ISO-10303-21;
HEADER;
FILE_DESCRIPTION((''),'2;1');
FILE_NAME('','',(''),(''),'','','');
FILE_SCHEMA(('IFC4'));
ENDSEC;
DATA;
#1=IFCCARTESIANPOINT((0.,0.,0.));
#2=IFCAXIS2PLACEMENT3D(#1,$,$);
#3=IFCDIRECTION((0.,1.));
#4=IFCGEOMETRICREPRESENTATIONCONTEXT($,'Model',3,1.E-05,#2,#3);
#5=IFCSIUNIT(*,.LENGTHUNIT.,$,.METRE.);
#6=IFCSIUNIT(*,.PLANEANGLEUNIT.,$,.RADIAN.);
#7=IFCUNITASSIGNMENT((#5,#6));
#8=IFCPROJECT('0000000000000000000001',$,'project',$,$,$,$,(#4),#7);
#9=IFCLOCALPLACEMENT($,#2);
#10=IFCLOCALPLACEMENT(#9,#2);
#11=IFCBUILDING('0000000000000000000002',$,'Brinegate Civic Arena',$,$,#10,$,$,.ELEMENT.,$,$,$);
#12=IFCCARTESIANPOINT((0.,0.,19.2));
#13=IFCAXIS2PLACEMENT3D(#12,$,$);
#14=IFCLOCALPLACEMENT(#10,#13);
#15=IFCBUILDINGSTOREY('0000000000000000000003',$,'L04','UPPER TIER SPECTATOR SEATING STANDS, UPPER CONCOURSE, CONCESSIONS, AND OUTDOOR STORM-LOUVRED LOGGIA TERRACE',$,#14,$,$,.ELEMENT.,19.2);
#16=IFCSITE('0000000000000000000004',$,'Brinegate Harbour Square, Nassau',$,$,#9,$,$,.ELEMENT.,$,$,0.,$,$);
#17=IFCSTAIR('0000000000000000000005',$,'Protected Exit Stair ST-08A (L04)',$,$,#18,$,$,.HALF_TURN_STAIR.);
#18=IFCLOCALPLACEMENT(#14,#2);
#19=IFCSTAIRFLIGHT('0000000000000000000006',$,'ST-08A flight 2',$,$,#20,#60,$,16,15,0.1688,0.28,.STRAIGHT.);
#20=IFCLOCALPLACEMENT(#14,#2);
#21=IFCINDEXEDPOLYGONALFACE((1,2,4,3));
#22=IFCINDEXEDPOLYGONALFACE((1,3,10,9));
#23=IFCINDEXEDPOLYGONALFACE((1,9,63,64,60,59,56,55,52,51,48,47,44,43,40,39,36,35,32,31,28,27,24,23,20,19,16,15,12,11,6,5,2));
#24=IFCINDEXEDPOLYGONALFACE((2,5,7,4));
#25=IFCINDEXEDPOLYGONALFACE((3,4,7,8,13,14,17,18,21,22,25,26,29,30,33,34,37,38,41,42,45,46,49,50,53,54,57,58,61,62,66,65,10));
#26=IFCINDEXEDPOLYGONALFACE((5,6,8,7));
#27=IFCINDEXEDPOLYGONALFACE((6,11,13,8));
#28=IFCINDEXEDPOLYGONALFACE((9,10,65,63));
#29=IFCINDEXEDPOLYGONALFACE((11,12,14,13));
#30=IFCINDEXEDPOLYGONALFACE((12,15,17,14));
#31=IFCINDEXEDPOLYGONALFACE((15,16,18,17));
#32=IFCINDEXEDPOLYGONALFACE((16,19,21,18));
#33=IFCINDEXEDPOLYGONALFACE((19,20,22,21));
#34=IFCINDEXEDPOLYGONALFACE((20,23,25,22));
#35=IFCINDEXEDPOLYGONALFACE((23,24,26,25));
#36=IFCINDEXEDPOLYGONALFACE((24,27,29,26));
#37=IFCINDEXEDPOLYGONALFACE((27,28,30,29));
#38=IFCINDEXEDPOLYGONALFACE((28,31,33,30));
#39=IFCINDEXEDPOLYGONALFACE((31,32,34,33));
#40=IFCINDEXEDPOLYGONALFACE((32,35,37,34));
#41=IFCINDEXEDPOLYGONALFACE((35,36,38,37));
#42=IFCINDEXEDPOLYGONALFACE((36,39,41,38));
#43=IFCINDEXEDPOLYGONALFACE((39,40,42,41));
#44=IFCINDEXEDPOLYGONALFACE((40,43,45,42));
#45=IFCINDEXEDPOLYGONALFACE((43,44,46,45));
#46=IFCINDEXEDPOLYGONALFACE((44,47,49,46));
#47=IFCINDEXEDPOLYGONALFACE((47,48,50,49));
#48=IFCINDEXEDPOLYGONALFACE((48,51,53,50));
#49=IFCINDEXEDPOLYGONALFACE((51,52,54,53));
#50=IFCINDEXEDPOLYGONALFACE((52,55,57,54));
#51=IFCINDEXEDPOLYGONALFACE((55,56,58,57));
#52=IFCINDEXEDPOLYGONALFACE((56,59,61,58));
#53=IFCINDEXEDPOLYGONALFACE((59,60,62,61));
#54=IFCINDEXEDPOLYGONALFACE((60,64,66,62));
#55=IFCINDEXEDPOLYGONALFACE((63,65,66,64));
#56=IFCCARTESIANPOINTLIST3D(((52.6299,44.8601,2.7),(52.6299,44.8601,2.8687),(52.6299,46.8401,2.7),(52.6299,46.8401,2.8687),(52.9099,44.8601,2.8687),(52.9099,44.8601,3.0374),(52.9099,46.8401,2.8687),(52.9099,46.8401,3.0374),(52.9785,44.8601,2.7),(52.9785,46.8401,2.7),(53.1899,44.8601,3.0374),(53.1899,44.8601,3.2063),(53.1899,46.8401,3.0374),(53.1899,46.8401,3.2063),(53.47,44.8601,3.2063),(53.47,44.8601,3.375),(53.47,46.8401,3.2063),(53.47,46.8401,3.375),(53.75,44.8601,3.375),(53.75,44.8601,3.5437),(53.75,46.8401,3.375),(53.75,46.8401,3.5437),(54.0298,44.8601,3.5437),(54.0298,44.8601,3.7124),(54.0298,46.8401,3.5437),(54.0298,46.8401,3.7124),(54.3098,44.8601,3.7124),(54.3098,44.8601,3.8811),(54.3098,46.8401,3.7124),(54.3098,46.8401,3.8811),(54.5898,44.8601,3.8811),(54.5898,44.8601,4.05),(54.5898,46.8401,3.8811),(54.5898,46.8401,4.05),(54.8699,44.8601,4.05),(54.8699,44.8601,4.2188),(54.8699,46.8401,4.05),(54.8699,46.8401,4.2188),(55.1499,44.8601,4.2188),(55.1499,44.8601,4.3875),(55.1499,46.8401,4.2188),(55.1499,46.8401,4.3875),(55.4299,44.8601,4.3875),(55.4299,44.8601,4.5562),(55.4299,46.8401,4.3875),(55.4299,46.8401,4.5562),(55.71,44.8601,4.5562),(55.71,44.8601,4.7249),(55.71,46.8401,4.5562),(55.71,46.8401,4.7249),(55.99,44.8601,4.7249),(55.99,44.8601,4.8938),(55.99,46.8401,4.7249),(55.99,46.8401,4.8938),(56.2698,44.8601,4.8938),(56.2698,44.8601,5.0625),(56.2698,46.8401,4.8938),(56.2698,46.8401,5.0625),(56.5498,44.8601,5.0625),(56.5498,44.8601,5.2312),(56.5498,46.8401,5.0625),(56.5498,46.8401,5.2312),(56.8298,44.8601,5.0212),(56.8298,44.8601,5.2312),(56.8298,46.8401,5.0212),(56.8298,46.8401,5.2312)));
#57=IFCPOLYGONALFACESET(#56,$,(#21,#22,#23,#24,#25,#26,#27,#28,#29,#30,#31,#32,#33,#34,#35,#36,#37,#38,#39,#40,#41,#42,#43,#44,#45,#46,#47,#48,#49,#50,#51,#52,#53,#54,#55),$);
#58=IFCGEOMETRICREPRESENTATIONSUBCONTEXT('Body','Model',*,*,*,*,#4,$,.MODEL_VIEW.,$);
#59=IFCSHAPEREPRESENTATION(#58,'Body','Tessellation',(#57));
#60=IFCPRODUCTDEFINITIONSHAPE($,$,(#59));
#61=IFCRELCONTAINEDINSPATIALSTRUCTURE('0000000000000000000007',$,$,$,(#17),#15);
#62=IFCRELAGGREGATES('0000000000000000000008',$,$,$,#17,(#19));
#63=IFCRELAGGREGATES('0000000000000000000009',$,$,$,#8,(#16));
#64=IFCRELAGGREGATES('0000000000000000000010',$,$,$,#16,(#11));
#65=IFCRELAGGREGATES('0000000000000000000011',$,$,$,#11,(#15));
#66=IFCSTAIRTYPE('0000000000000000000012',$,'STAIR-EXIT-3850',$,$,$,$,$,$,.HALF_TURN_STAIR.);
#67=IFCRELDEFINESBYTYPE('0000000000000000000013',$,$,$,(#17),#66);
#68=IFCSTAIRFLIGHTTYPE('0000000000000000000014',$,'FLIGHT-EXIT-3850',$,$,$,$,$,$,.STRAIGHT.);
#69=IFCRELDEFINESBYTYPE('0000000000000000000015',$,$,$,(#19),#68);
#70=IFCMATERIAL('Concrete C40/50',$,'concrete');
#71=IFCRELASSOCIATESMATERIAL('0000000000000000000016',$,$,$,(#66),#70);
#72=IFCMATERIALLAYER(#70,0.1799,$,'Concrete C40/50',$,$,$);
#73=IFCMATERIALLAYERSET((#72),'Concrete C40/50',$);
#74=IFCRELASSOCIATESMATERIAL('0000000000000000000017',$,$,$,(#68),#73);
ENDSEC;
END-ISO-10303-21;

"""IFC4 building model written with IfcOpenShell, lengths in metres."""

from ifc_helpers import new_model, si_unit, direction, frame, origin, place, context, subcontext, project, spatial, polyline, outline, extrude, material, layer, layer_set, type_object, element, aggregate, save


model = new_model("IFC4")

# Units and contexts
model_context = context("Model", 3, precision=1e-05, world=origin(), true_north=direction((0.0, 1.0)))
body_context = subcontext(model_context, "Body", "Model", "MODEL_VIEW")
ifc_project = project(units=[si_unit("LENGTHUNIT", "METRE"), si_unit("PLANEANGLEUNIT", "RADIAN")], contexts=[model_context])

# Site, building, storey
site_placement = place(None, origin())
site = spatial("IfcSite", under=ifc_project, at=site_placement, Name="Brinegate Harbour Square, Nassau", CompositionType="ELEMENT", RefElevation=0.0)
building_placement = place(site_placement, origin())
building = spatial("IfcBuilding", under=site, at=building_placement, Name="Brinegate Civic Arena", CompositionType="ELEMENT")
storey_placement = place(building_placement, frame((0.0, 0.0, 19.2)))
storey = spatial("IfcBuildingStorey", under=building, at=storey_placement, Name="L04", Description="UPPER TIER SPECTATOR SEATING STANDS, UPPER CONCOURSE, CONCESSIONS, AND OUTDOOR STORM-LOUVRED LOGGIA TERRACE", CompositionType="ELEMENT", Elevation=19.2)

# Shared definitions
ifc_material_1 = material(Name="Concrete C40/50", Category="concrete")

# Stair, stair flight
stair_type_1 = type_object("IfcStairType", Name="STAIR-EXIT-3850", PredefinedType="HALF_TURN_STAIR", material=ifc_material_1)
stair_1_placement = place(storey_placement, origin())
stair_1 = element("IfcStair", 1, at=stair_1_placement, inside=storey, type_object=stair_type_1, Name="Protected Exit Stair ST-08A (L04)", PredefinedType="HALF_TURN_STAIR")
ifc_layer_1 = layer(ifc_material_1, 0.1799, Name="Concrete C40/50")
ifc_layer_set_1 = layer_set([ifc_layer_1], Name="Concrete C40/50")
stair_flight_type_1 = type_object("IfcStairFlightType", Name="FLIGHT-EXIT-3850", PredefinedType="STRAIGHT", material=ifc_layer_set_1)
stair_flight_1_placement = place(storey_placement, frame((52.6299, 45.8501, 2.7), z_axis=(0.0, 0.0, 1.0), x_axis=(1.0, 0.0, 0.0)))
stair_flight_1 = element("IfcStairFlight", 2, at=stair_flight_1_placement, type_object=stair_flight_type_1, Name="ST-08A flight 2", NumberOfRisers=16, NumberOfTreads=15, PredefinedType="STRAIGHT", RiserHeight=0.1688, TreadLength=0.28, context=body_context, shape_type="SweptSolid", body=[
    extrude(outline(polyline([(0.0, 0.0), (0.0, 0.1687), (0.28, 0.1687), (0.28, 0.3374), (0.5601, 0.3374), (0.5601, 0.5063), (0.8401, 0.5063), (0.8401, 0.675), (1.1201, 0.675), (1.1201, 0.8438), (1.3999, 0.8438), (1.3999, 1.0125), (1.6799, 1.0125), (1.6799, 1.1812), (1.96, 1.1812), (1.96, 1.3501), (2.24, 1.3501), (2.24, 1.5188), (2.52, 1.5188), (2.52, 1.6875), (2.8, 1.6875), (2.8, 1.8562), (3.0801, 1.8562), (3.0801, 2.0249), (3.3601, 2.0249), (3.3601, 2.1938), (3.6399, 2.1938), (3.6399, 2.3625), (3.9199, 2.3625), (3.9199, 2.5312), (4.2, 2.5312), (4.2, 2.7), (4.2, 2.3213), (0.3486, 0.0), (0.0, 0.0)])), frame((0.0, 0.99, 0.0), z_axis=(0.0, -1.0, 0.0), x_axis=(1.0, 0.0, 0.0)), (0.0, 0.0, 1.0), 1.98),
])
aggregate(stair_1, [stair_flight_1])

save(model, "model.ifc")
